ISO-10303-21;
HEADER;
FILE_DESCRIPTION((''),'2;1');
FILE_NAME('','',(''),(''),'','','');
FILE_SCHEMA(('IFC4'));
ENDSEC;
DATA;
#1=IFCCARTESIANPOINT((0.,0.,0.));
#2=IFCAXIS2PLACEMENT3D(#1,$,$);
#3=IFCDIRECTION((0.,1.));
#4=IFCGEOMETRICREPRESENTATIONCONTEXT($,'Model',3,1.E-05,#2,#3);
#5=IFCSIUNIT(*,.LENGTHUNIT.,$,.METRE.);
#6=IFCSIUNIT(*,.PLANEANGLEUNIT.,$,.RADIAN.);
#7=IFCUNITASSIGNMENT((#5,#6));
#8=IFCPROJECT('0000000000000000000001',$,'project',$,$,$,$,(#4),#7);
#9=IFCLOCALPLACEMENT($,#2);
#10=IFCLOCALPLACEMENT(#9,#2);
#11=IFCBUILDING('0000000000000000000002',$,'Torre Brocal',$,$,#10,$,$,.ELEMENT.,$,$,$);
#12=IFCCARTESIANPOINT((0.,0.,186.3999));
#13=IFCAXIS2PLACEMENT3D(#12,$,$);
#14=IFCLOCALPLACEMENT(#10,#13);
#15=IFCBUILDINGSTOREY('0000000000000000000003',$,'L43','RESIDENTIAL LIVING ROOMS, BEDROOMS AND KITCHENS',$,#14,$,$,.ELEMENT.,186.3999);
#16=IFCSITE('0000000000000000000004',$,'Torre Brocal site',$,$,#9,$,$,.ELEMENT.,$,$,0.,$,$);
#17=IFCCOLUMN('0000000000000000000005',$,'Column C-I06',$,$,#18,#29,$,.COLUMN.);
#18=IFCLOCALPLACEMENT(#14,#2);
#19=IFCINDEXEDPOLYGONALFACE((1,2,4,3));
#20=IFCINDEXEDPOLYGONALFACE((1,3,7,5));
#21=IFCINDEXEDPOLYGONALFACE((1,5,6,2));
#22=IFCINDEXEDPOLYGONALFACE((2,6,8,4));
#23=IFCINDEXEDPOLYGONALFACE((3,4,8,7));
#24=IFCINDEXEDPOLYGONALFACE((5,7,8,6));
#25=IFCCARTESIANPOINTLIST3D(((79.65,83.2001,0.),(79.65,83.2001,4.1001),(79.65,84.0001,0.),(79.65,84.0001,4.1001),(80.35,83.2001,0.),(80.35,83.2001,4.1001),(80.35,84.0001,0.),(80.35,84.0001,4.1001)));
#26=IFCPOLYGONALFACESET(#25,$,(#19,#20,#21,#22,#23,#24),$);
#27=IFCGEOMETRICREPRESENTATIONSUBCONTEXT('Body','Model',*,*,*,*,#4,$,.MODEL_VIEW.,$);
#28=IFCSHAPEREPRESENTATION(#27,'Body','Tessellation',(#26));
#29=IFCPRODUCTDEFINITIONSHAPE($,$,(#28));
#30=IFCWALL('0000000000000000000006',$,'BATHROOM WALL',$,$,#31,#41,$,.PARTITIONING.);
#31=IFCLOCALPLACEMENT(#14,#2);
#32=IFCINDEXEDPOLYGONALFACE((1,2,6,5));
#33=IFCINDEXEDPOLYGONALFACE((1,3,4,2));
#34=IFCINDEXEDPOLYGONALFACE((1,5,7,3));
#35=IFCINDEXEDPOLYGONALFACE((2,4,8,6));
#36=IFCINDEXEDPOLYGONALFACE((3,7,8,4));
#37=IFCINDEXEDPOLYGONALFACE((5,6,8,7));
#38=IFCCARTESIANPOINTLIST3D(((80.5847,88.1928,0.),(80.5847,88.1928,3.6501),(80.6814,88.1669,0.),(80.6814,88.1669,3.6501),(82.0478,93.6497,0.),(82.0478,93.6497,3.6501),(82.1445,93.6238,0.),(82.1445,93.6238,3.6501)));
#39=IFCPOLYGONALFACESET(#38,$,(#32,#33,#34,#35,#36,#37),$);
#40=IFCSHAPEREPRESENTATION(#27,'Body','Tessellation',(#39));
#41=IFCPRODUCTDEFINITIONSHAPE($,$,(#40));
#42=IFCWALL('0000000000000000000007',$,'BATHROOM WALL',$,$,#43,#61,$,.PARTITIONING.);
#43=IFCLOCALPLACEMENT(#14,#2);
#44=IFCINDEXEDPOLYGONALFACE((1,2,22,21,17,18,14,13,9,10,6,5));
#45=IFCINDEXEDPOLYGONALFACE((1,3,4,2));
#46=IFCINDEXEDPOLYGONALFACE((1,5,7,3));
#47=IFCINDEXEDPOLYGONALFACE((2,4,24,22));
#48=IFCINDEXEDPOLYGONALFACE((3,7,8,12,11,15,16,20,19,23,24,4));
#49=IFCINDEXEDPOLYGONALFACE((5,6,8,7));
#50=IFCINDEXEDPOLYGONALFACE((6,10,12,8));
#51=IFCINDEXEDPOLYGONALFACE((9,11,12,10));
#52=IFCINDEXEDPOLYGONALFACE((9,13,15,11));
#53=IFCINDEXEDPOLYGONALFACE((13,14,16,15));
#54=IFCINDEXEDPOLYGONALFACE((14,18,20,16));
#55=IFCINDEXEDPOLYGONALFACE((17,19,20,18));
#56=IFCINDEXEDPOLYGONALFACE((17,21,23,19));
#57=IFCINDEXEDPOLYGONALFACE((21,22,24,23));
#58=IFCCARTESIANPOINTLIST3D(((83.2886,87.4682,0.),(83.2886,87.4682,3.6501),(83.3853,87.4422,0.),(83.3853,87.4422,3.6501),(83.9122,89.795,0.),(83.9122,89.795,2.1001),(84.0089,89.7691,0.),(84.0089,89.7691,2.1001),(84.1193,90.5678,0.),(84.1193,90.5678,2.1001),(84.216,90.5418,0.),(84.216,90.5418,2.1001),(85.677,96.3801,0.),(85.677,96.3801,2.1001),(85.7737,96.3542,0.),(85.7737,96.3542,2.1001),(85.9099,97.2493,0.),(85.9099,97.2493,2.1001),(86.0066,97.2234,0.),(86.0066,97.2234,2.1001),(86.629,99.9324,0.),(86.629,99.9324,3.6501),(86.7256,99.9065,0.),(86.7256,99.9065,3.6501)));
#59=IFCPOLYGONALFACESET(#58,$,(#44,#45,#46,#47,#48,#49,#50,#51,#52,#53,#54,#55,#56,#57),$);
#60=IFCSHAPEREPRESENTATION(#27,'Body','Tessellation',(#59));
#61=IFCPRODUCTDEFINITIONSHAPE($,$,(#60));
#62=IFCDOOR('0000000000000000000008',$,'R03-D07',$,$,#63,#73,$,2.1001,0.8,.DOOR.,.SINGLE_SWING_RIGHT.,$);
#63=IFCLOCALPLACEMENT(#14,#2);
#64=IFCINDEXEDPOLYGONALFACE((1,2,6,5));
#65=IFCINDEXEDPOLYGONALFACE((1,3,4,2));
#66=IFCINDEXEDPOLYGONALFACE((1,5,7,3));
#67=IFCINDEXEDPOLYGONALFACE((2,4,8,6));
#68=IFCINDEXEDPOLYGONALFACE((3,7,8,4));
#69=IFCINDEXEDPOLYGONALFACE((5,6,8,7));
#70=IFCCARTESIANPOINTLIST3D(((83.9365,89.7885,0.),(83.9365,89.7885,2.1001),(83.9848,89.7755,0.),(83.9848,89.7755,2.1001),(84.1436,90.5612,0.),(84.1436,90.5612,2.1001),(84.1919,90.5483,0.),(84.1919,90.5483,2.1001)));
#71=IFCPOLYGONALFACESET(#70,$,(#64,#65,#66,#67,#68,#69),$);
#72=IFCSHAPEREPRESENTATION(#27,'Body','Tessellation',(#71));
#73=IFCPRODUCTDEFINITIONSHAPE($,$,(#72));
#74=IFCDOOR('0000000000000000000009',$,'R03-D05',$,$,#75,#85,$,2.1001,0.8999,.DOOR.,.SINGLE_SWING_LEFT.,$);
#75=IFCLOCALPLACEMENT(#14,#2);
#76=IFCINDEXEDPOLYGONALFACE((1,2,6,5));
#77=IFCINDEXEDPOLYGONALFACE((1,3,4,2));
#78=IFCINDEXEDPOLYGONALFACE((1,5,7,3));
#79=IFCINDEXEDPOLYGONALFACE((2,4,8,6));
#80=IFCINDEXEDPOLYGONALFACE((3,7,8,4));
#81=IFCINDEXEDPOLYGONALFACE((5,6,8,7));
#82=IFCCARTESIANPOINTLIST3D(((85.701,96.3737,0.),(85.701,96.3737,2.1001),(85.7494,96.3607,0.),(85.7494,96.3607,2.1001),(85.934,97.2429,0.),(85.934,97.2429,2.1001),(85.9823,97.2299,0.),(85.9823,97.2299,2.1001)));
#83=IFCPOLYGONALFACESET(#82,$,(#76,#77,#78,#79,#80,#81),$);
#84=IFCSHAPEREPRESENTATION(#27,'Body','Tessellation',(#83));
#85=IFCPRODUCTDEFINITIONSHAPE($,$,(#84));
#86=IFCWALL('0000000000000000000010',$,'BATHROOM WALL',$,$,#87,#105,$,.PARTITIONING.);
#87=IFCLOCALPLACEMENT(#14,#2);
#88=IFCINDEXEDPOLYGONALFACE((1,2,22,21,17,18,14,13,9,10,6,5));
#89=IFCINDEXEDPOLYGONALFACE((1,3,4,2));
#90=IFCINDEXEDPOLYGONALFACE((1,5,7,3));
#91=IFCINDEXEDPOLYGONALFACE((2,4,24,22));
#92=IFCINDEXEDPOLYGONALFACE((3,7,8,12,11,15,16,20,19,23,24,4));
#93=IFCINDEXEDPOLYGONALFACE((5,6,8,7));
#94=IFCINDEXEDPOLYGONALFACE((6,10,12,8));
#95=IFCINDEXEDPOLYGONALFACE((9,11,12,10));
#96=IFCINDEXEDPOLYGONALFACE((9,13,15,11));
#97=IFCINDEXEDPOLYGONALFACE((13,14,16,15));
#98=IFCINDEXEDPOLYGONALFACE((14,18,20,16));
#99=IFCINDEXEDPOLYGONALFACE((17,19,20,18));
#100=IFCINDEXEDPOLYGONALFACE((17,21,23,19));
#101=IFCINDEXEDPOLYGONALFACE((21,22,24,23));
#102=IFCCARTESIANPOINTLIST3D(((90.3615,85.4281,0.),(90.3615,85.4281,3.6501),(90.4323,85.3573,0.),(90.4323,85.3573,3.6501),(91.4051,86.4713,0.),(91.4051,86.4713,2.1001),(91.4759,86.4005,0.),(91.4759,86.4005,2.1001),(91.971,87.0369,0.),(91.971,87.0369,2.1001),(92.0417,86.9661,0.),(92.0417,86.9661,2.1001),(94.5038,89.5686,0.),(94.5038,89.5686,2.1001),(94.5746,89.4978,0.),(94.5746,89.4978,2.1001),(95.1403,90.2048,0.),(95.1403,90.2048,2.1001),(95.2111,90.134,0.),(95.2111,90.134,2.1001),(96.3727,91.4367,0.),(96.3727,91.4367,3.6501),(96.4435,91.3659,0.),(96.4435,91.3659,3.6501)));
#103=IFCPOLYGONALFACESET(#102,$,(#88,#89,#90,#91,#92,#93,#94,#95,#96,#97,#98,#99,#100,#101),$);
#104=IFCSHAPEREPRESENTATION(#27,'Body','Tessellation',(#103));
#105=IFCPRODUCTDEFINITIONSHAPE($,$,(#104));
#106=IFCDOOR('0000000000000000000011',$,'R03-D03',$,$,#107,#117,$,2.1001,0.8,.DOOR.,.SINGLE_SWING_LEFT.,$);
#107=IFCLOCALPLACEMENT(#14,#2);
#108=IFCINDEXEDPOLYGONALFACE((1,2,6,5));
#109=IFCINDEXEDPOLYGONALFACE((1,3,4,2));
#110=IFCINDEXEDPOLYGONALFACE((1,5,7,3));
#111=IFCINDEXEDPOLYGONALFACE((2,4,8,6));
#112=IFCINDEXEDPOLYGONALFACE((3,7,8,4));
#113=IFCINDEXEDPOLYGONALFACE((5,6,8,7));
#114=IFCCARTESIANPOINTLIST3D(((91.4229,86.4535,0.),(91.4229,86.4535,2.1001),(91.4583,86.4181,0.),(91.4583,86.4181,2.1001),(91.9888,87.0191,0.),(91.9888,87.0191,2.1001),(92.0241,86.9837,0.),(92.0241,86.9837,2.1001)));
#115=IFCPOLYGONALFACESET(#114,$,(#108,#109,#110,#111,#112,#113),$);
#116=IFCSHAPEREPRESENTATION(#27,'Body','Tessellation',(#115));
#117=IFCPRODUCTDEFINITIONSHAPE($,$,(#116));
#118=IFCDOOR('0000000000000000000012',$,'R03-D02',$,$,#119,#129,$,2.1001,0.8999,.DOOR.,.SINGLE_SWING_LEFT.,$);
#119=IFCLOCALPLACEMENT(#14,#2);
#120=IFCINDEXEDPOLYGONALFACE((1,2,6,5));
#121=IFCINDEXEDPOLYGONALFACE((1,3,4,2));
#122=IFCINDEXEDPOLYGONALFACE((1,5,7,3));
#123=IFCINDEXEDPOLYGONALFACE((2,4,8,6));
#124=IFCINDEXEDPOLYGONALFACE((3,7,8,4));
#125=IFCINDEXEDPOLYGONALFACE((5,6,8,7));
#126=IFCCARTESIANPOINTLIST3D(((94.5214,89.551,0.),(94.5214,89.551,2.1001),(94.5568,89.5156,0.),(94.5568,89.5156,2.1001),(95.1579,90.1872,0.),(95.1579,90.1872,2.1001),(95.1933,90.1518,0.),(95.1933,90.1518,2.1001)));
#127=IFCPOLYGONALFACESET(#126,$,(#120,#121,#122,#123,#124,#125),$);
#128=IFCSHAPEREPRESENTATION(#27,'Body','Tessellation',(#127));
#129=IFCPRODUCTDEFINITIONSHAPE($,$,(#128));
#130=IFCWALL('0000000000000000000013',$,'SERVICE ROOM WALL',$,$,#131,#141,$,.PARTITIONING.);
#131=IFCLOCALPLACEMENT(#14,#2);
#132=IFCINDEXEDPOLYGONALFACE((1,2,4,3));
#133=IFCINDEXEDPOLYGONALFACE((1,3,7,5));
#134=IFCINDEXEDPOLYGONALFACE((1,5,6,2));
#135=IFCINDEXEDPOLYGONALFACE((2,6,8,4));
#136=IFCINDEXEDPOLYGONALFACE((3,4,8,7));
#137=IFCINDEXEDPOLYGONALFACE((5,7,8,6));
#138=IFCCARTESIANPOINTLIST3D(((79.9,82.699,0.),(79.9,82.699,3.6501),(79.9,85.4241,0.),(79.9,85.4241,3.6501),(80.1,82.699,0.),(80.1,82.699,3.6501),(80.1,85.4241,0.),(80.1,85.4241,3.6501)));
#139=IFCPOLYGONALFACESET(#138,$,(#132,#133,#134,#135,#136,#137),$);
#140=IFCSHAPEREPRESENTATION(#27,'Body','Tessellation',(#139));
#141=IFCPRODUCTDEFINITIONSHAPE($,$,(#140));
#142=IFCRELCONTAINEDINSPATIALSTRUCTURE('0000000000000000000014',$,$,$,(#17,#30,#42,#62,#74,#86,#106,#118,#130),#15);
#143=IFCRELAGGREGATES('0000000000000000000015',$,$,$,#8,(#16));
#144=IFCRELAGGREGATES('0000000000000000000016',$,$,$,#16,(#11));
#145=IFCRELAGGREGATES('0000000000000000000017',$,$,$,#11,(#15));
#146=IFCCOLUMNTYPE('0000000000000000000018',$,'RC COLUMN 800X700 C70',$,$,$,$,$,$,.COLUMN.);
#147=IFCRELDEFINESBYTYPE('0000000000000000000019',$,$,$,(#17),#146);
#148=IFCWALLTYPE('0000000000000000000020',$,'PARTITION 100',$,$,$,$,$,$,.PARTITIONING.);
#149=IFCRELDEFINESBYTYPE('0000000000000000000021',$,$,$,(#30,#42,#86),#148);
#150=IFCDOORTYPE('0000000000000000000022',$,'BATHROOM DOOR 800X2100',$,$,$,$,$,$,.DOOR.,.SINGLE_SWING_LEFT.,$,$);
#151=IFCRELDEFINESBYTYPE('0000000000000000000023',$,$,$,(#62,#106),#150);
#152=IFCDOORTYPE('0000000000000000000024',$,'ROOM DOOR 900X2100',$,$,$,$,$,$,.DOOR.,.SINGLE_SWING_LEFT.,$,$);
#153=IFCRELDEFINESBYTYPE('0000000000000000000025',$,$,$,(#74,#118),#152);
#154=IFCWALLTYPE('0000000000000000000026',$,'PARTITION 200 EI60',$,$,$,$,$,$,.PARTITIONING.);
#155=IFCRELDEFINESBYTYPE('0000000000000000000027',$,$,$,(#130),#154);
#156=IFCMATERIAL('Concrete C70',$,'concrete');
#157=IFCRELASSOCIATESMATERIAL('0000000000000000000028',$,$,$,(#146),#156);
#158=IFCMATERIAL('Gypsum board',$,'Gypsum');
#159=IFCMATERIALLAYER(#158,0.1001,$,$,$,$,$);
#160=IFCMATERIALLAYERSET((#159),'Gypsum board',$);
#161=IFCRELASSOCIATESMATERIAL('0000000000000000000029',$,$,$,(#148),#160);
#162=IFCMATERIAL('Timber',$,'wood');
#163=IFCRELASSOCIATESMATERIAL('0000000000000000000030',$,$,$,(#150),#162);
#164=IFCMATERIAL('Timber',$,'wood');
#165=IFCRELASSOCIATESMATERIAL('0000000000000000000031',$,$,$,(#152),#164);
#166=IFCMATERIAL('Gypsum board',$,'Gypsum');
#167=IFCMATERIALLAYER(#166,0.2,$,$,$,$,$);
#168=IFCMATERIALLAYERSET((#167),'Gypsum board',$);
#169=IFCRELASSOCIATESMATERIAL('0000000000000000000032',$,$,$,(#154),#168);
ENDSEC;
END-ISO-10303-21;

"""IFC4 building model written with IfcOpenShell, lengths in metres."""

from ifc_helpers import new_model, si_unit, direction, frame, frame_2d, origin, origin_2d, place, context, subcontext, project, spatial, rectangle, extrude, material, layer, layer_set, material_profile, profile_set, type_object, element, fill, save


model = new_model("IFC4")

# Units and contexts
model_context = context("Model", 3, precision=1e-05, world=origin(), true_north=direction((0.0, 1.0)))
body_context = subcontext(model_context, "Body", "Model", "MODEL_VIEW")
ifc_project = project(units=[si_unit("LENGTHUNIT", "METRE"), si_unit("PLANEANGLEUNIT", "RADIAN")], contexts=[model_context])

# Site, building, storey
site_placement = place(None, origin())
site = spatial("IfcSite", under=ifc_project, at=site_placement, Name="Torre Brocal site", CompositionType="ELEMENT", RefElevation=0.0)
building_placement = place(site_placement, origin())
building = spatial("IfcBuilding", under=site, at=building_placement, Name="Torre Brocal", CompositionType="ELEMENT")
storey_placement = place(building_placement, frame((0.0, 0.0, 186.3999)))
storey = spatial("IfcBuildingStorey", under=building, at=storey_placement, Name="L43", Description="RESIDENTIAL LIVING ROOMS, BEDROOMS AND KITCHENS", CompositionType="ELEMENT", Elevation=186.3999)

# Column
ifc_material_1 = material(Name="Concrete C70", Category="concrete")
ifc_material_profile = material_profile(ifc_material_1, rectangle(XDim=0.8, YDim=0.7, at=origin_2d()), Name="RC 800X700")
ifc_profile_set = profile_set([ifc_material_profile], Name="Concrete C70")
column_type = type_object("IfcColumnType", Name="RC COLUMN 800X700 C70", PredefinedType="COLUMN", material=ifc_profile_set)
column_placement = place(storey_placement, frame((80.0, 83.6001, 0.0), z_axis=(0.0, 0.0, 1.0), x_axis=(0.0, 1.0, 0.0)))
element("IfcColumn", 1, at=column_placement, inside=storey, type_object=column_type, Name="Column C-I06", PredefinedType="COLUMN", context=body_context, shape_type="SweptSolid", body=[
    extrude(rectangle(XDim=0.8, YDim=0.7, at=origin_2d()), origin(), (0.0, 0.0, 1.0), 4.1001),
])

# Wall
ifc_material_2 = material(Name="Gypsum board", Category="Gypsum")
ifc_layer_1 = layer(ifc_material_2, 0.1001)
ifc_layer_set_1 = layer_set([ifc_layer_1], Name="Gypsum board")
wall_type_1 = type_object("IfcWallType", Name="PARTITION 100", PredefinedType="PARTITIONING", material=ifc_layer_set_1)
wall_1_placement = place(storey_placement, frame((80.6331, 88.1799, 0.0), z_axis=(0.0, 0.0, 1.0), x_axis=(0.258983, 0.965882, 0.0)))
element("IfcWall", 2, at=wall_1_placement, inside=storey, type_object=wall_type_1, Name="BATHROOM WALL", PredefinedType="PARTITIONING", context=body_context, shape_type="SweptSolid", body=[
    extrude(rectangle(XDim=5.6497, YDim=0.1001, at=frame_2d((2.8247, 0.0))), origin(), (0.0, 0.0, 1.0), 3.6501),
])

# Walls, openings, doors
wall_2_placement = place(storey_placement, frame((83.3369, 87.4551, 0.0), z_axis=(0.0, 0.0, 1.0), x_axis=(0.258861, 0.965915, 0.0)))
wall_2 = element("IfcWall", 3, at=wall_2_placement, inside=storey, type_object=wall_type_1, Name="BATHROOM WALL", PredefinedType="PARTITIONING", context=body_context, shape_type="SweptSolid", body=[
    extrude(rectangle(XDim=12.9041, YDim=0.1001, at=frame_2d((6.4521, 0.0))), origin(), (0.0, 0.0, 1.0), 3.6501),
])
opening_1_placement = place(wall_2_placement, frame((9.2266, 0.0, 0.0)))
opening_1 = element("IfcOpeningElement", 4, at=opening_1_placement, cuts=wall_2, PredefinedType="OPENING", context=body_context, shape_type="SweptSolid", body=[
    extrude(rectangle(XDim=0.8999, YDim=2.1001, at=frame_2d((0.45, 1.05))), frame((0.0, 0.0601, 0.0), z_axis=(0.0, -1.0, 0.0), x_axis=(1.0, 0.0, 0.0)), (0.0, 0.0, 1.0), 0.1201),
])
opening_2_placement = place(wall_2_placement, frame((2.4092, 0.0, 0.0)))
opening_2 = element("IfcOpeningElement", 5, at=opening_2_placement, cuts=wall_2, PredefinedType="OPENING", context=body_context, shape_type="SweptSolid", body=[
    extrude(rectangle(XDim=0.8, YDim=2.1001, at=frame_2d((0.3999, 1.05))), frame((0.0, 0.0601, 0.0), z_axis=(0.0, -1.0, 0.0), x_axis=(1.0, 0.0, 0.0)), (0.0, 0.0, 1.0), 0.1201),
])
ifc_material_3 = material(Name="Timber", Category="wood")
door_type_1 = type_object("IfcDoorType", Name="BATHROOM DOOR 800X2100", OperationType="SINGLE_SWING_LEFT", PredefinedType="DOOR", material=ifc_material_3)
door_1_placement = place(opening_2_placement, origin())
door_1 = element("IfcDoor", 6, at=door_1_placement, inside=storey, type_object=door_type_1, Name="R03-D07", OperationType="SINGLE_SWING_RIGHT", OverallHeight=2.1001, OverallWidth=0.8, PredefinedType="DOOR", context=body_context, shape_type="SweptSolid", body=[
    extrude(rectangle(XDim=0.8, YDim=2.1001, at=frame_2d((0.3999, 1.05))), frame((0.0, 0.0249, 0.0), z_axis=(0.0, -1.0, 0.0), x_axis=(1.0, 0.0, 0.0)), (0.0, 0.0, 1.0), 0.05),
])
fill(opening_2, door_1)
ifc_material_4 = material(Name="Timber", Category="wood")
door_type_2 = type_object("IfcDoorType", Name="ROOM DOOR 900X2100", OperationType="SINGLE_SWING_LEFT", PredefinedType="DOOR", material=ifc_material_4)
door_2_placement = place(opening_1_placement, frame((0.8999, 0.0, 0.0), z_axis=(0.0, 0.0, 1.0), x_axis=(-1.0, 0.0, 0.0)))
door_2 = element("IfcDoor", 7, at=door_2_placement, inside=storey, type_object=door_type_2, Name="R03-D05", OperationType="SINGLE_SWING_LEFT", OverallHeight=2.1001, OverallWidth=0.8999, PredefinedType="DOOR", context=body_context, shape_type="SweptSolid", body=[
    extrude(rectangle(XDim=0.8999, YDim=2.1001, at=frame_2d((0.45, 1.05))), frame((0.0, 0.0249, 0.0), z_axis=(0.0, -1.0, 0.0), x_axis=(1.0, 0.0, 0.0)), (0.0, 0.0, 1.0), 0.05),
])
fill(opening_1, door_2)
wall_3_placement = place(storey_placement, frame((90.397, 85.3928, 0.0), z_axis=(0.0, 0.0, 1.0), x_axis=(0.707265, 0.706949, 0.0)))
wall_3 = element("IfcWall", 8, at=wall_3_placement, inside=storey, type_object=wall_type_1, Name="BATHROOM WALL", PredefinedType="PARTITIONING", context=body_context, shape_type="SweptSolid", body=[
    extrude(rectangle(XDim=8.4993, YDim=0.1001, at=frame_2d((4.2495, 0.0))), origin(), (0.0, 0.0, 1.0), 3.6501),
])
opening_3_placement = place(wall_3_placement, frame((5.8567, 0.0, 0.0)))
opening_3 = element("IfcOpeningElement", 9, at=opening_3_placement, cuts=wall_3, PredefinedType="OPENING", context=body_context, shape_type="SweptSolid", body=[
    extrude(rectangle(XDim=0.8999, YDim=2.1001, at=frame_2d((0.45, 1.05))), frame((0.0, 0.0601, 0.0), z_axis=(0.0, -1.0, 0.0), x_axis=(1.0, 0.0, 0.0)), (0.0, 0.0, 1.0), 0.1201),
])
opening_4_placement = place(wall_3_placement, frame((1.4756, 0.0, 0.0)))
opening_4 = element("IfcOpeningElement", 10, at=opening_4_placement, cuts=wall_3, PredefinedType="OPENING", context=body_context, shape_type="SweptSolid", body=[
    extrude(rectangle(XDim=0.8, YDim=2.1001, at=frame_2d((0.3999, 1.05))), frame((0.0, 0.0601, 0.0), z_axis=(0.0, -1.0, 0.0), x_axis=(1.0, 0.0, 0.0)), (0.0, 0.0, 1.0), 0.1201),
])
door_3_placement = place(opening_4_placement, origin())
door_3 = element("IfcDoor", 11, at=door_3_placement, inside=storey, type_object=door_type_1, Name="R03-D03", OperationType="SINGLE_SWING_LEFT", OverallHeight=2.1001, OverallWidth=0.8, PredefinedType="DOOR", context=body_context, shape_type="SweptSolid", body=[
    extrude(rectangle(XDim=0.8, YDim=2.1001, at=frame_2d((0.3999, 1.05))), frame((0.0, 0.0249, 0.0), z_axis=(0.0, -1.0, 0.0), x_axis=(1.0, 0.0, 0.0)), (0.0, 0.0, 1.0), 0.05),
])
fill(opening_4, door_3)
door_4_placement = place(opening_3_placement, frame((0.8999, 0.0, 0.0), z_axis=(0.0, 0.0, 1.0), x_axis=(-1.0, 0.0, 0.0)))
door_4 = element("IfcDoor", 12, at=door_4_placement, inside=storey, type_object=door_type_2, Name="R03-D02", OperationType="SINGLE_SWING_LEFT", OverallHeight=2.1001, OverallWidth=0.8999, PredefinedType="DOOR", context=body_context, shape_type="SweptSolid", body=[
    extrude(rectangle(XDim=0.8999, YDim=2.1001, at=frame_2d((0.45, 1.05))), frame((0.0, 0.0249, 0.0), z_axis=(0.0, -1.0, 0.0), x_axis=(1.0, 0.0, 0.0)), (0.0, 0.0, 1.0), 0.05),
])
fill(opening_3, door_4)

# Wall
ifc_material_5 = material(Name="Gypsum board", Category="Gypsum")
ifc_layer_2 = layer(ifc_material_5, 0.2)
ifc_layer_set_2 = layer_set([ifc_layer_2], Name="Gypsum board")
wall_type_2 = type_object("IfcWallType", Name="PARTITION 200 EI60", PredefinedType="PARTITIONING", material=ifc_layer_set_2)
wall_4_placement = place(storey_placement, frame((80.0, 82.699, 0.0), z_axis=(0.0, 0.0, 1.0), x_axis=(0.0, 1.0, 0.0)))
element("IfcWall", 13, at=wall_4_placement, inside=storey, type_object=wall_type_2, Name="SERVICE ROOM WALL", PredefinedType="PARTITIONING", context=body_context, shape_type="SweptSolid", body=[
    extrude(rectangle(XDim=2.7251, YDim=0.2, at=frame_2d((1.3625, 0.0))), origin(), (0.0, 0.0, 1.0), 3.6501),
])

save(model, "model.ifc")
